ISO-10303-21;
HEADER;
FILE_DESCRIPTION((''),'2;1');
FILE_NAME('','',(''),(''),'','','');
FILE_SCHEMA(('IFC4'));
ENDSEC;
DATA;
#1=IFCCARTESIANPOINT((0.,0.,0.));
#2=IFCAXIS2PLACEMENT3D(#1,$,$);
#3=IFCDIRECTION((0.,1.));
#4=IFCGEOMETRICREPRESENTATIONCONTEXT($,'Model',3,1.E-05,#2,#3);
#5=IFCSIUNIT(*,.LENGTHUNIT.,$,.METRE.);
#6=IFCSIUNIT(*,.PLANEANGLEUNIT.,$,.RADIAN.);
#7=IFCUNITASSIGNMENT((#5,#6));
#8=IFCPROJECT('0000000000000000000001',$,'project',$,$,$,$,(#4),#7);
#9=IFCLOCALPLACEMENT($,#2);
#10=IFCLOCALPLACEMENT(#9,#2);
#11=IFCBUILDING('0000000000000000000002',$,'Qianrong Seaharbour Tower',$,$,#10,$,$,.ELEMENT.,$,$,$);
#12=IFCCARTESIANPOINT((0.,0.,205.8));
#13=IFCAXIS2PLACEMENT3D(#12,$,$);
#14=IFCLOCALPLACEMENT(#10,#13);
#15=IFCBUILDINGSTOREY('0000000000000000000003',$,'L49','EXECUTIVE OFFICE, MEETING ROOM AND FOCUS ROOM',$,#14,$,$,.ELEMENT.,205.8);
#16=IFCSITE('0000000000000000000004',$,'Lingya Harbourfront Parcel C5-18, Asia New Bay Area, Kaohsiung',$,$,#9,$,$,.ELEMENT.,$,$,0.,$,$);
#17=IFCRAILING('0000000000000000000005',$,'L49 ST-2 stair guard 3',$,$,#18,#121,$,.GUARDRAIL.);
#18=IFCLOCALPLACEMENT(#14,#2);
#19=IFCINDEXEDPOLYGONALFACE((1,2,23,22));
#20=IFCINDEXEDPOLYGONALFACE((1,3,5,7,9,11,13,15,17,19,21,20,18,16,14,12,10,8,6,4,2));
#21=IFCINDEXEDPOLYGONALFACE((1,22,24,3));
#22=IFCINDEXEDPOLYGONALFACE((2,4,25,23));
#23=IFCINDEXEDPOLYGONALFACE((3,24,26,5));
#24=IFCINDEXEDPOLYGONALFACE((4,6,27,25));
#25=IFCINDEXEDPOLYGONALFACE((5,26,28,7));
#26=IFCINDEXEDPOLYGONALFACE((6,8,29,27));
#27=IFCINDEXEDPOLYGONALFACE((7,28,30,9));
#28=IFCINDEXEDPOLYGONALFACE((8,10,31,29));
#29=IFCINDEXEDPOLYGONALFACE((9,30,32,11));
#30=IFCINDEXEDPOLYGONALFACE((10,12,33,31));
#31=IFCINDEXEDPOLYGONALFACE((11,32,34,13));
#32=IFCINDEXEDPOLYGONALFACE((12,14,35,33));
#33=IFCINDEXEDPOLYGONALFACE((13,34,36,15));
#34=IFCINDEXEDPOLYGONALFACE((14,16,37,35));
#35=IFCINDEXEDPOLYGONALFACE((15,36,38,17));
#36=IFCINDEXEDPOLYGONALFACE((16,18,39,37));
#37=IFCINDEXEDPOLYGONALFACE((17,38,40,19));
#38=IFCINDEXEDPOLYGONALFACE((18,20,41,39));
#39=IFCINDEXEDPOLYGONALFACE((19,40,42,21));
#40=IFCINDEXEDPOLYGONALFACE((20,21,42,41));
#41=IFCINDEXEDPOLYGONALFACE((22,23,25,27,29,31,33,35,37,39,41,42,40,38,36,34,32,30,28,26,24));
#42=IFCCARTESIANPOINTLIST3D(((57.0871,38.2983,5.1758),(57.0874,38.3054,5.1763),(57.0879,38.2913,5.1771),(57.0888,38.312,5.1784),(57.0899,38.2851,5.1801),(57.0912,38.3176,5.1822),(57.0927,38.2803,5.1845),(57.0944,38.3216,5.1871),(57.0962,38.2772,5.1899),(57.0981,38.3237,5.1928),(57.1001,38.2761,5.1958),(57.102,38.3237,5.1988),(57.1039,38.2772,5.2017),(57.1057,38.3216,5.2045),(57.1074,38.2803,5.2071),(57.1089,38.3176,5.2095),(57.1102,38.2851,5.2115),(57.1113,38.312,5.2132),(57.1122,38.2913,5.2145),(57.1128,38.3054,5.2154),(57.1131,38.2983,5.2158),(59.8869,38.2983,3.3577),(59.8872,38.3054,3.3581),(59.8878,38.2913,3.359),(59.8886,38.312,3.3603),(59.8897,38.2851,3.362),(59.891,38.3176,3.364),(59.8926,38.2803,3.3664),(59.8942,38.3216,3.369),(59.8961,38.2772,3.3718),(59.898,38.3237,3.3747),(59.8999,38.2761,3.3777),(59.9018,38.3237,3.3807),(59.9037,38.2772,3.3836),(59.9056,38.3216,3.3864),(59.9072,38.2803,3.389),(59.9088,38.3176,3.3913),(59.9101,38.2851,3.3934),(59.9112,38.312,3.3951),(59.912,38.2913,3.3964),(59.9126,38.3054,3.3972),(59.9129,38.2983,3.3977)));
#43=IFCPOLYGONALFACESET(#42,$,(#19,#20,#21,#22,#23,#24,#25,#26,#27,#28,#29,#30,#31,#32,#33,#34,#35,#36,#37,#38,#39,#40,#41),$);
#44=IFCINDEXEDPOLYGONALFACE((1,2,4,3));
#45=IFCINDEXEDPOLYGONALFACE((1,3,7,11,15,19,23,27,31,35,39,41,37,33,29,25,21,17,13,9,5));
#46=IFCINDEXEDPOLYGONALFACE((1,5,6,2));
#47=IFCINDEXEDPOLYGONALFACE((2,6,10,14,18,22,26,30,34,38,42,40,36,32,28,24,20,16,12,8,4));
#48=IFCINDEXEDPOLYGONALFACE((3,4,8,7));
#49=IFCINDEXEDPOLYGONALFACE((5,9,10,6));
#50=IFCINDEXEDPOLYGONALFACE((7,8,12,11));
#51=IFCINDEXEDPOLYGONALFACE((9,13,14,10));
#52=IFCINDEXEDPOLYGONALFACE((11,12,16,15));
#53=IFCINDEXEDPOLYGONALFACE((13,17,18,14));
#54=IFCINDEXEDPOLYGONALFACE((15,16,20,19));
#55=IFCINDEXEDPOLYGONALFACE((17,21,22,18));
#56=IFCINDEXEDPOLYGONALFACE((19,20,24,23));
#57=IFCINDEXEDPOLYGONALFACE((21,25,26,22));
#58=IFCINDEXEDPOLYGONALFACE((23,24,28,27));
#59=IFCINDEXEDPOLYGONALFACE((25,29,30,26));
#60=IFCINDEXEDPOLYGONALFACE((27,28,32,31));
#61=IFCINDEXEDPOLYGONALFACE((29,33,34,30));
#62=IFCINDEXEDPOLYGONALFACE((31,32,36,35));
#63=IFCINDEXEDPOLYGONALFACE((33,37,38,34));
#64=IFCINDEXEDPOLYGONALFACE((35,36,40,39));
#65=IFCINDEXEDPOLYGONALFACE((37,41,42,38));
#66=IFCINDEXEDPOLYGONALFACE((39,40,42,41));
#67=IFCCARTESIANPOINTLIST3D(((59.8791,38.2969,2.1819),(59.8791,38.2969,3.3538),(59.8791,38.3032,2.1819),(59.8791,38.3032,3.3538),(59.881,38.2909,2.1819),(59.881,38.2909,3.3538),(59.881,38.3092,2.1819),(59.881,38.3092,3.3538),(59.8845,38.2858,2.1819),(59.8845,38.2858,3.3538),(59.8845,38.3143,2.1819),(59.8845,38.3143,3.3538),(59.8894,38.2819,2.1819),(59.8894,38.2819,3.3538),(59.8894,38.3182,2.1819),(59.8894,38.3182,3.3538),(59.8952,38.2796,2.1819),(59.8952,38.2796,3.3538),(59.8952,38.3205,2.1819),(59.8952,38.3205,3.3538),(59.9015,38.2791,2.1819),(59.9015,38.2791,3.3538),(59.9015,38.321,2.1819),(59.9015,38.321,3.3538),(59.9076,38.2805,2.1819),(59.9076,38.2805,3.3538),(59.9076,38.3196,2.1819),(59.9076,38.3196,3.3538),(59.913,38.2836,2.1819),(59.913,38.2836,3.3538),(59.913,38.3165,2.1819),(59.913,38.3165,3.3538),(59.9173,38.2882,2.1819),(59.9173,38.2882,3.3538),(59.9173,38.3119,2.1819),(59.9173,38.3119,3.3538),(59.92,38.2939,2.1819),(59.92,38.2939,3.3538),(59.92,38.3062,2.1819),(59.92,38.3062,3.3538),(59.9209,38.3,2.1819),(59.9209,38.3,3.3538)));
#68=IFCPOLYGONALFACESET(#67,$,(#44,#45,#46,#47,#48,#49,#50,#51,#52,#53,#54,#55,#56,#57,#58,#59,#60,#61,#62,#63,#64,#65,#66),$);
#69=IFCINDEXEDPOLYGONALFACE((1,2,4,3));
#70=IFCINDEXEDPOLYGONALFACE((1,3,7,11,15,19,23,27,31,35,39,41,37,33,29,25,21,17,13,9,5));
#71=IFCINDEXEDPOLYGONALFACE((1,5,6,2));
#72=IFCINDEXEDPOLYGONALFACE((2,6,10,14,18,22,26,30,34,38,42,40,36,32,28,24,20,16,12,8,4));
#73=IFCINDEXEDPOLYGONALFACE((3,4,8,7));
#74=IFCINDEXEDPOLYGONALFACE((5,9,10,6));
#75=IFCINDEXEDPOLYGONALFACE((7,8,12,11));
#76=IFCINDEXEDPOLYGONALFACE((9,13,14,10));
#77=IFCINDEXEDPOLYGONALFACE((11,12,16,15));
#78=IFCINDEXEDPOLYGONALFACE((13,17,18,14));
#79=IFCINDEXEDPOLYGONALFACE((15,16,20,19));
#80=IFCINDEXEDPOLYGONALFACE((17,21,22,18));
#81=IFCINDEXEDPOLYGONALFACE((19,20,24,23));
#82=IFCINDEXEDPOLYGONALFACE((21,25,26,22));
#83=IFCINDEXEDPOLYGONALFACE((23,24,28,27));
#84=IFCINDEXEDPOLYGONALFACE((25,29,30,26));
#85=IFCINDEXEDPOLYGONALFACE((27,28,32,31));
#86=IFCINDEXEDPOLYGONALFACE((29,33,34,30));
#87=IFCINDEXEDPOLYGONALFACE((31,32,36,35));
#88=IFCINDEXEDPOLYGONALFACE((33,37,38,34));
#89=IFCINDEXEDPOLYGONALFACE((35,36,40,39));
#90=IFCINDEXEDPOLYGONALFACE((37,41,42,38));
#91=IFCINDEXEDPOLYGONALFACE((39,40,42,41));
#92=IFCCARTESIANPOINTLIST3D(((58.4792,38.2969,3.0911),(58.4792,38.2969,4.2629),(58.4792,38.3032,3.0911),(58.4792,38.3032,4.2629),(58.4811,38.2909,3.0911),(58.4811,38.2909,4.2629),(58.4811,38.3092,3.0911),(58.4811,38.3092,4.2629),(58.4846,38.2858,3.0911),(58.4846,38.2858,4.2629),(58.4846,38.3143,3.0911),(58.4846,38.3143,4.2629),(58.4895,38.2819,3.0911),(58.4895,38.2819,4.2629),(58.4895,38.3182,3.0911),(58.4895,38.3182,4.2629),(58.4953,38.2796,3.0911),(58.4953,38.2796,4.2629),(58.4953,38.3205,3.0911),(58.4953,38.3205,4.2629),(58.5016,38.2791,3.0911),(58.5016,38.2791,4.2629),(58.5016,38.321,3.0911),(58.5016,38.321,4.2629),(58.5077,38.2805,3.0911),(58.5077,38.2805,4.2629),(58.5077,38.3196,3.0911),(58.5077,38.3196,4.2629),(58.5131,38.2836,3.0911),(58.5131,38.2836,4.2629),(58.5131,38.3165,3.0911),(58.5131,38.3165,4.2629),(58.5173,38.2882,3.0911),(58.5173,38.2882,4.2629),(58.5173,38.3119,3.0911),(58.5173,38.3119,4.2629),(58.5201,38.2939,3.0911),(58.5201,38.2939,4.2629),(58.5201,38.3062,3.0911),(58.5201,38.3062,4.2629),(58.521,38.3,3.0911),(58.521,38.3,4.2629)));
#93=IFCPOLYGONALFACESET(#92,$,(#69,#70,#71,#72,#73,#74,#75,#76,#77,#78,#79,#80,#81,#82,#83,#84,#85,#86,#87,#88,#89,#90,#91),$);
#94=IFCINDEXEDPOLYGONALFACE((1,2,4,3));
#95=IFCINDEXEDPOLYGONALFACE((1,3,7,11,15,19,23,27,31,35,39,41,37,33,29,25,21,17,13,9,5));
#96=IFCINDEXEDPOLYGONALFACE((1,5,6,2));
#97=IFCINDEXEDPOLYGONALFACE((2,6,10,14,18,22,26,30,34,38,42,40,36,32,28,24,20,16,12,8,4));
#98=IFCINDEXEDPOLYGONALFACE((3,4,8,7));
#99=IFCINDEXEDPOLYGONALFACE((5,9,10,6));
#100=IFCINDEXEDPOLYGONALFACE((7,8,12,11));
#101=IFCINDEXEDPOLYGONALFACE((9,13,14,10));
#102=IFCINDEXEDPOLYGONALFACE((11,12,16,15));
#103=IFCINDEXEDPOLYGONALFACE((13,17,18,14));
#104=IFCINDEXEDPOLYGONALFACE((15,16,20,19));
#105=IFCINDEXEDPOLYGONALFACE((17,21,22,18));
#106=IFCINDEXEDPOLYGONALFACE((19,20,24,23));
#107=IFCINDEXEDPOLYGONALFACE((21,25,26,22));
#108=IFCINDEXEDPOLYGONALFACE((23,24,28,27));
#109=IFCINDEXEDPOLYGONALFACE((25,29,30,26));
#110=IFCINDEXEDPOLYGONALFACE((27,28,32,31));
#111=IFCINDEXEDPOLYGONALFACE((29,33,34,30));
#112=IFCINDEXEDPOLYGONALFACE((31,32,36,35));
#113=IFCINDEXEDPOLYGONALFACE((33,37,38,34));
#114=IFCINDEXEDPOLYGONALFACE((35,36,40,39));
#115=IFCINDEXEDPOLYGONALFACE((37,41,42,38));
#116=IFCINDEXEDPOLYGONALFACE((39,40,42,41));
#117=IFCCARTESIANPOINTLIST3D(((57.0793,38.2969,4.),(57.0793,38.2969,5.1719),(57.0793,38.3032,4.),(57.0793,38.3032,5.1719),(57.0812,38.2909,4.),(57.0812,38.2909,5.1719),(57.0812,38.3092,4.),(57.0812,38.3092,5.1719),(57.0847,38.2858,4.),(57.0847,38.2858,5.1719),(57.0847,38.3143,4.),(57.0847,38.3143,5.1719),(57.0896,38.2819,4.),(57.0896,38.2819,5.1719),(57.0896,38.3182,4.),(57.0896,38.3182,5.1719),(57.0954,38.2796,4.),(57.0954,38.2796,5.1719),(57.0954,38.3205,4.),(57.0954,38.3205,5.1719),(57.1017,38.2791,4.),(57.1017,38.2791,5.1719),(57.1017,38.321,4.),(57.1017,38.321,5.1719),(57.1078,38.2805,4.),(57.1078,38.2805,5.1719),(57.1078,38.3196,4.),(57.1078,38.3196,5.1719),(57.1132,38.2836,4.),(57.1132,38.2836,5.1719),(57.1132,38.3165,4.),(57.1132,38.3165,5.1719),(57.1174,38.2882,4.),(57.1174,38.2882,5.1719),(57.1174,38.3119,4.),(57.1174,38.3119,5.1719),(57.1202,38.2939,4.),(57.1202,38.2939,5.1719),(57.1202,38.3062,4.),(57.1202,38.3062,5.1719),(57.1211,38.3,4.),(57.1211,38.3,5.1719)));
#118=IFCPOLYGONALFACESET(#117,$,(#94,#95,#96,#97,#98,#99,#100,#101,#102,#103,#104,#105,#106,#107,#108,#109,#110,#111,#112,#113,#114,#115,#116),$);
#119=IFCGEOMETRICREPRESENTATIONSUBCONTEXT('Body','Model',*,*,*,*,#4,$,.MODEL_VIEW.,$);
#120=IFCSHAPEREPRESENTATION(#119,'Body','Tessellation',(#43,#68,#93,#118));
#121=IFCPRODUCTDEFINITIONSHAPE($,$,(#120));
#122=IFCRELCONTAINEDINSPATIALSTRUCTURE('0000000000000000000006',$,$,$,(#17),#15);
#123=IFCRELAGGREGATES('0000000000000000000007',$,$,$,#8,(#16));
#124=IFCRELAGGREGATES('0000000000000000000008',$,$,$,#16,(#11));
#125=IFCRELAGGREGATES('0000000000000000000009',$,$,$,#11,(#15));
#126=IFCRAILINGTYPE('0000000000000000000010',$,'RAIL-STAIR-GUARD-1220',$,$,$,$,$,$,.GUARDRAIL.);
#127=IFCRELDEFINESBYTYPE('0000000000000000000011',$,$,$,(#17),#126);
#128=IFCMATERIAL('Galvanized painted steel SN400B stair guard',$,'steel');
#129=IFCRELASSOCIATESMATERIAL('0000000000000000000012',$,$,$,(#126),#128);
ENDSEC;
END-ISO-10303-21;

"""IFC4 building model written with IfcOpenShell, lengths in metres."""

from ifc_helpers import new_model, si_unit, direction, frame, origin, origin_2d, place, context, subcontext, project, spatial, circle, extrude, material, type_object, element, save


model = new_model("IFC4")

# Units and contexts
model_context = context("Model", 3, precision=1e-05, world=origin(), true_north=direction((0.0, 1.0)))
body_context = subcontext(model_context, "Body", "Model", "MODEL_VIEW")
ifc_project = project(units=[si_unit("LENGTHUNIT", "METRE"), si_unit("PLANEANGLEUNIT", "RADIAN")], contexts=[model_context])

# Site, building, storey
site_placement = place(None, origin())
site = spatial("IfcSite", under=ifc_project, at=site_placement, Name="Lingya Harbourfront Parcel C5-18, Asia New Bay Area, Kaohsiung", CompositionType="ELEMENT", RefElevation=0.0)
building_placement = place(site_placement, origin())
building = spatial("IfcBuilding", under=site, at=building_placement, Name="Qianrong Seaharbour Tower", CompositionType="ELEMENT")
storey_placement = place(building_placement, frame((0.0, 0.0, 205.8)))
storey = spatial("IfcBuildingStorey", under=building, at=storey_placement, Name="L49", Description="EXECUTIVE OFFICE, MEETING ROOM AND FOCUS ROOM", CompositionType="ELEMENT", Elevation=205.8)

# Railing
ifc_material_1 = material(Name="Galvanized painted steel SN400B stair guard", Category="steel")
railing_type_1 = type_object("IfcRailingType", Name="RAIL-STAIR-GUARD-1220", PredefinedType="GUARDRAIL", material=ifc_material_1)
railing_1_placement = place(storey_placement, frame((59.8999, 38.3, 2.1819)))
element("IfcRailing", 1, at=railing_1_placement, inside=storey, type_object=railing_type_1, Name="L49 ST-2 stair guard 3", PredefinedType="GUARDRAIL", context=body_context, shape_type="SweptSolid", body=[
    extrude(circle(Radius=0.0239, at=origin_2d()), frame((0.0, 0.0, 1.1958), z_axis=(-0.838684, 0.0, 0.544618), x_axis=(0.0, -1.0, 0.0)), (0.0, 0.0, 1.0), 3.3384),
    extrude(circle(Radius=0.021, at=origin_2d()), origin(), (0.0, 0.0, 1.0), 1.1719),
    extrude(circle(Radius=0.021, at=origin_2d()), frame((-1.3999, 0.0, 0.9092)), (0.0, 0.0, 1.0), 1.1719),
    extrude(circle(Radius=0.021, at=origin_2d()), frame((-2.7998, 0.0, 1.8181)), (0.0, 0.0, 1.0), 1.1719),
])

save(model, "model.ifc")
